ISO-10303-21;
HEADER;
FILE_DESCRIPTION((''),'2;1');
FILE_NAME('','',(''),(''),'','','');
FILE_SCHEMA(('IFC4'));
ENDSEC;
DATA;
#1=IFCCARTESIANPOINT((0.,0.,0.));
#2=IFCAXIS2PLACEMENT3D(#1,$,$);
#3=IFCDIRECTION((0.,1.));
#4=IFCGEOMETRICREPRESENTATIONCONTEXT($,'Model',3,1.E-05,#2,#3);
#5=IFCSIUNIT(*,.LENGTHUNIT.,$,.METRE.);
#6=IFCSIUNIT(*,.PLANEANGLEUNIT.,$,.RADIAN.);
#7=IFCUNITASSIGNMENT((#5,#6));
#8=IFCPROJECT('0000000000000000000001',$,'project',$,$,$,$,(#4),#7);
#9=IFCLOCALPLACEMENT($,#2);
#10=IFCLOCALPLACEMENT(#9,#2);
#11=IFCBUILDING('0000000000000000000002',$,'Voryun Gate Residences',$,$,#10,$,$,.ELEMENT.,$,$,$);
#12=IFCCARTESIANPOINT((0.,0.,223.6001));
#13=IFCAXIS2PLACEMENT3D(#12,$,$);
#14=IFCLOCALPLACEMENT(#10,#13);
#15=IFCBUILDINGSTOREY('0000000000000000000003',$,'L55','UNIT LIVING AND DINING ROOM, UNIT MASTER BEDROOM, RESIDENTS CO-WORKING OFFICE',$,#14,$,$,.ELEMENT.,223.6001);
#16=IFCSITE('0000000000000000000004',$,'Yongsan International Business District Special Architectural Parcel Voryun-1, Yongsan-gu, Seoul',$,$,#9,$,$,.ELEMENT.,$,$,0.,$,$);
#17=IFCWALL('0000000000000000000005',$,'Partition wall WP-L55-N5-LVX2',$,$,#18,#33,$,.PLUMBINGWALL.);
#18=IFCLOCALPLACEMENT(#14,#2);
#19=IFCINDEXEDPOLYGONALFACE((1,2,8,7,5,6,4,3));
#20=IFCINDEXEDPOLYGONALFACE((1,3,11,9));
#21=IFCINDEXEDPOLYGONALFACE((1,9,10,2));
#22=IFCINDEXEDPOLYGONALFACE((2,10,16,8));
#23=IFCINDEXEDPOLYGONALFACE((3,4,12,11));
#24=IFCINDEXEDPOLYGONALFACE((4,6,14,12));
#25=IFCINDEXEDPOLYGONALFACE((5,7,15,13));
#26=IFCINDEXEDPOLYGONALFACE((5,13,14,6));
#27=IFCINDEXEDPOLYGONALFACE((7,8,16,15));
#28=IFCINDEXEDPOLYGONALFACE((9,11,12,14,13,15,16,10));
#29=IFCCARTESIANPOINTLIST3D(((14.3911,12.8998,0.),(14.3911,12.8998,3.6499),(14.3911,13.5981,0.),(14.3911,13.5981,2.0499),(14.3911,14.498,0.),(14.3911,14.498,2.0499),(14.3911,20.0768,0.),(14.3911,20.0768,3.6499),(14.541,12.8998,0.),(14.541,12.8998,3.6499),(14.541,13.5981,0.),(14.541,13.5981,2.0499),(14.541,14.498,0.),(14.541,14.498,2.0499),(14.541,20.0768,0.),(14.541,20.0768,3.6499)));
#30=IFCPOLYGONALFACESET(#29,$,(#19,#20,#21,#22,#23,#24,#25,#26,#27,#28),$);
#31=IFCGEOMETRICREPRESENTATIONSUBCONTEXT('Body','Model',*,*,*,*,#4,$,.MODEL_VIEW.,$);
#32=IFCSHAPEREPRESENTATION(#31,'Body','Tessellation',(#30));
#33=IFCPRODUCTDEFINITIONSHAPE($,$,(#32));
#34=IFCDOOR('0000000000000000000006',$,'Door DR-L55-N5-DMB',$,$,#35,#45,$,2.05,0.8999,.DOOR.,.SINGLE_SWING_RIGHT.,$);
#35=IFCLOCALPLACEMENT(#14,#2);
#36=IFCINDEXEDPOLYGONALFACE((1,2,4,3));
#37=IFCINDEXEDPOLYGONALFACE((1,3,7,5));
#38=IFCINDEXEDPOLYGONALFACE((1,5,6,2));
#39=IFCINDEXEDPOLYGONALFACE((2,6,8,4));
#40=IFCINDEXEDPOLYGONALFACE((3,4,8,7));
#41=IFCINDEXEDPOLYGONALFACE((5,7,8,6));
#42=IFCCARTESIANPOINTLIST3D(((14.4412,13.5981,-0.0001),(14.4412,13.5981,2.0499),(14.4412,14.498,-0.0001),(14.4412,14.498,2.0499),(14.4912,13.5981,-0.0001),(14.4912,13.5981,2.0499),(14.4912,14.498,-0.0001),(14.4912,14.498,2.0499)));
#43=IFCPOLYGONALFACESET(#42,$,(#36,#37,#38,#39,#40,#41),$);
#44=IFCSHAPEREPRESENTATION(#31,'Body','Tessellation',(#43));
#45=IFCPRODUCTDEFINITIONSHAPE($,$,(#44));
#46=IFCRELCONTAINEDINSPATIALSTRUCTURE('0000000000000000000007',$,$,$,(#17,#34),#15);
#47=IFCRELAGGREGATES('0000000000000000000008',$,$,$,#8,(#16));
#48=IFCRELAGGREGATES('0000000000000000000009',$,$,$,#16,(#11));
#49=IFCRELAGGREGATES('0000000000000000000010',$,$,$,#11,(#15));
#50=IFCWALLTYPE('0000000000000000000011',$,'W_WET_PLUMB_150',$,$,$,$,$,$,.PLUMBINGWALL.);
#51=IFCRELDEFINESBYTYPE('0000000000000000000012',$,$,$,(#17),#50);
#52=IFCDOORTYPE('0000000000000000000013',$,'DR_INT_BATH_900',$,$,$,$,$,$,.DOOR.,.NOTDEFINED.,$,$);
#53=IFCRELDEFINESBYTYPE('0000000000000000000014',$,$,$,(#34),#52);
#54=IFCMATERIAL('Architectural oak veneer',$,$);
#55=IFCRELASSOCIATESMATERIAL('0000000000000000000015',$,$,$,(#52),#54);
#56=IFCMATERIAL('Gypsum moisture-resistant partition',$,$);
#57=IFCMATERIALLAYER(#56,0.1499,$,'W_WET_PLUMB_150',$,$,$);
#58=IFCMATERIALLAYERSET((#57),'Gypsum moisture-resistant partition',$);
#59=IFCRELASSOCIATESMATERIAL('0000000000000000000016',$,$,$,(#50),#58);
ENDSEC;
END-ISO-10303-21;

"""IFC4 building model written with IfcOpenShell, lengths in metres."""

from ifc_helpers import new_model, si_unit, direction, frame, frame_2d, origin, place, context, subcontext, project, spatial, rectangle, extrude, material, layer, layer_set, type_object, element, fill, save


model = new_model("IFC4")

# Units and contexts
model_context = context("Model", 3, precision=1e-05, world=origin(), true_north=direction((0.0, 1.0)))
body_context = subcontext(model_context, "Body", "Model", "MODEL_VIEW")
ifc_project = project(units=[si_unit("LENGTHUNIT", "METRE"), si_unit("PLANEANGLEUNIT", "RADIAN")], contexts=[model_context])

# Site, building, storey
site_placement = place(None, origin())
site = spatial("IfcSite", under=ifc_project, at=site_placement, Name="Yongsan International Business District Special Architectural Parcel Voryun-1, Yongsan-gu, Seoul", CompositionType="ELEMENT", RefElevation=0.0)
building_placement = place(site_placement, origin())
building = spatial("IfcBuilding", under=site, at=building_placement, Name="Voryun Gate Residences", CompositionType="ELEMENT")
storey_placement = place(building_placement, frame((0.0, 0.0, 223.6001)))
storey = spatial("IfcBuildingStorey", under=building, at=storey_placement, Name="L55", Description="UNIT LIVING AND DINING ROOM, UNIT MASTER BEDROOM, RESIDENTS CO-WORKING OFFICE", CompositionType="ELEMENT", Elevation=223.6001)

# Shared definitions
ifc_material_1 = material(Name="Architectural oak veneer")
door_type_1 = type_object("IfcDoorType", Name="DR_INT_BATH_900", OperationType="NOTDEFINED", PredefinedType="DOOR", material=ifc_material_1)

# Shared definitions
ifc_material_2 = material(Name="Gypsum moisture-resistant partition")
ifc_layer_1 = layer(ifc_material_2, 0.1499, Name="W_WET_PLUMB_150")
ifc_layer_set_1 = layer_set([ifc_layer_1], Name="Gypsum moisture-resistant partition")
wall_type_1 = type_object("IfcWallType", Name="W_WET_PLUMB_150", PredefinedType="PLUMBINGWALL", material=ifc_layer_set_1)

# Wall, opening, door
wall_1_placement = place(storey_placement, frame((14.4661, 12.8999, 0.0), z_axis=(0.0, 0.0, 1.0), x_axis=(0.0, 1.0, 0.0)))
wall_1 = element("IfcWall", 1, at=wall_1_placement, inside=storey, type_object=wall_type_1, Name="Partition wall WP-L55-N5-LVX2", PredefinedType="PLUMBINGWALL", context=body_context, shape_type="SweptSolid", body=[
    extrude(rectangle(XDim=7.177, YDim=0.1499, at=frame_2d((3.5884, 0.0))), origin(), (0.0, 0.0, 1.0), 3.6499),
])
opening_1_placement = place(wall_1_placement, frame((0.6982, 0.0, 0.0)))
opening_1 = element("IfcOpeningElement", 2, at=opening_1_placement, cuts=wall_1, PredefinedType="OPENING", context=body_context, shape_type="SweptSolid", body=[
    extrude(rectangle(XDim=0.8999, YDim=2.05, at=frame_2d((0.45, 1.0249))), frame((0.0, 0.085, 0.0), z_axis=(0.0, -1.0, 0.0), x_axis=(1.0, 0.0, 0.0)), (0.0, 0.0, 1.0), 0.1699),
])
door_1_placement = place(opening_1_placement, origin())
door_1 = element("IfcDoor", 3, at=door_1_placement, inside=storey, type_object=door_type_1, Name="Door DR-L55-N5-DMB", OperationType="SINGLE_SWING_RIGHT", OverallHeight=2.05, OverallWidth=0.8999, PredefinedType="DOOR", context=body_context, shape_type="SweptSolid", body=[
    extrude(rectangle(XDim=0.8999, YDim=2.05, at=frame_2d((0.45, 1.0249))), frame((0.0, 0.0249, 0.0), z_axis=(0.0, -1.0, 0.0), x_axis=(1.0, 0.0, 0.0)), (0.0, 0.0, 1.0), 0.05),
])
fill(opening_1, door_1)

save(model, "model.ifc")
